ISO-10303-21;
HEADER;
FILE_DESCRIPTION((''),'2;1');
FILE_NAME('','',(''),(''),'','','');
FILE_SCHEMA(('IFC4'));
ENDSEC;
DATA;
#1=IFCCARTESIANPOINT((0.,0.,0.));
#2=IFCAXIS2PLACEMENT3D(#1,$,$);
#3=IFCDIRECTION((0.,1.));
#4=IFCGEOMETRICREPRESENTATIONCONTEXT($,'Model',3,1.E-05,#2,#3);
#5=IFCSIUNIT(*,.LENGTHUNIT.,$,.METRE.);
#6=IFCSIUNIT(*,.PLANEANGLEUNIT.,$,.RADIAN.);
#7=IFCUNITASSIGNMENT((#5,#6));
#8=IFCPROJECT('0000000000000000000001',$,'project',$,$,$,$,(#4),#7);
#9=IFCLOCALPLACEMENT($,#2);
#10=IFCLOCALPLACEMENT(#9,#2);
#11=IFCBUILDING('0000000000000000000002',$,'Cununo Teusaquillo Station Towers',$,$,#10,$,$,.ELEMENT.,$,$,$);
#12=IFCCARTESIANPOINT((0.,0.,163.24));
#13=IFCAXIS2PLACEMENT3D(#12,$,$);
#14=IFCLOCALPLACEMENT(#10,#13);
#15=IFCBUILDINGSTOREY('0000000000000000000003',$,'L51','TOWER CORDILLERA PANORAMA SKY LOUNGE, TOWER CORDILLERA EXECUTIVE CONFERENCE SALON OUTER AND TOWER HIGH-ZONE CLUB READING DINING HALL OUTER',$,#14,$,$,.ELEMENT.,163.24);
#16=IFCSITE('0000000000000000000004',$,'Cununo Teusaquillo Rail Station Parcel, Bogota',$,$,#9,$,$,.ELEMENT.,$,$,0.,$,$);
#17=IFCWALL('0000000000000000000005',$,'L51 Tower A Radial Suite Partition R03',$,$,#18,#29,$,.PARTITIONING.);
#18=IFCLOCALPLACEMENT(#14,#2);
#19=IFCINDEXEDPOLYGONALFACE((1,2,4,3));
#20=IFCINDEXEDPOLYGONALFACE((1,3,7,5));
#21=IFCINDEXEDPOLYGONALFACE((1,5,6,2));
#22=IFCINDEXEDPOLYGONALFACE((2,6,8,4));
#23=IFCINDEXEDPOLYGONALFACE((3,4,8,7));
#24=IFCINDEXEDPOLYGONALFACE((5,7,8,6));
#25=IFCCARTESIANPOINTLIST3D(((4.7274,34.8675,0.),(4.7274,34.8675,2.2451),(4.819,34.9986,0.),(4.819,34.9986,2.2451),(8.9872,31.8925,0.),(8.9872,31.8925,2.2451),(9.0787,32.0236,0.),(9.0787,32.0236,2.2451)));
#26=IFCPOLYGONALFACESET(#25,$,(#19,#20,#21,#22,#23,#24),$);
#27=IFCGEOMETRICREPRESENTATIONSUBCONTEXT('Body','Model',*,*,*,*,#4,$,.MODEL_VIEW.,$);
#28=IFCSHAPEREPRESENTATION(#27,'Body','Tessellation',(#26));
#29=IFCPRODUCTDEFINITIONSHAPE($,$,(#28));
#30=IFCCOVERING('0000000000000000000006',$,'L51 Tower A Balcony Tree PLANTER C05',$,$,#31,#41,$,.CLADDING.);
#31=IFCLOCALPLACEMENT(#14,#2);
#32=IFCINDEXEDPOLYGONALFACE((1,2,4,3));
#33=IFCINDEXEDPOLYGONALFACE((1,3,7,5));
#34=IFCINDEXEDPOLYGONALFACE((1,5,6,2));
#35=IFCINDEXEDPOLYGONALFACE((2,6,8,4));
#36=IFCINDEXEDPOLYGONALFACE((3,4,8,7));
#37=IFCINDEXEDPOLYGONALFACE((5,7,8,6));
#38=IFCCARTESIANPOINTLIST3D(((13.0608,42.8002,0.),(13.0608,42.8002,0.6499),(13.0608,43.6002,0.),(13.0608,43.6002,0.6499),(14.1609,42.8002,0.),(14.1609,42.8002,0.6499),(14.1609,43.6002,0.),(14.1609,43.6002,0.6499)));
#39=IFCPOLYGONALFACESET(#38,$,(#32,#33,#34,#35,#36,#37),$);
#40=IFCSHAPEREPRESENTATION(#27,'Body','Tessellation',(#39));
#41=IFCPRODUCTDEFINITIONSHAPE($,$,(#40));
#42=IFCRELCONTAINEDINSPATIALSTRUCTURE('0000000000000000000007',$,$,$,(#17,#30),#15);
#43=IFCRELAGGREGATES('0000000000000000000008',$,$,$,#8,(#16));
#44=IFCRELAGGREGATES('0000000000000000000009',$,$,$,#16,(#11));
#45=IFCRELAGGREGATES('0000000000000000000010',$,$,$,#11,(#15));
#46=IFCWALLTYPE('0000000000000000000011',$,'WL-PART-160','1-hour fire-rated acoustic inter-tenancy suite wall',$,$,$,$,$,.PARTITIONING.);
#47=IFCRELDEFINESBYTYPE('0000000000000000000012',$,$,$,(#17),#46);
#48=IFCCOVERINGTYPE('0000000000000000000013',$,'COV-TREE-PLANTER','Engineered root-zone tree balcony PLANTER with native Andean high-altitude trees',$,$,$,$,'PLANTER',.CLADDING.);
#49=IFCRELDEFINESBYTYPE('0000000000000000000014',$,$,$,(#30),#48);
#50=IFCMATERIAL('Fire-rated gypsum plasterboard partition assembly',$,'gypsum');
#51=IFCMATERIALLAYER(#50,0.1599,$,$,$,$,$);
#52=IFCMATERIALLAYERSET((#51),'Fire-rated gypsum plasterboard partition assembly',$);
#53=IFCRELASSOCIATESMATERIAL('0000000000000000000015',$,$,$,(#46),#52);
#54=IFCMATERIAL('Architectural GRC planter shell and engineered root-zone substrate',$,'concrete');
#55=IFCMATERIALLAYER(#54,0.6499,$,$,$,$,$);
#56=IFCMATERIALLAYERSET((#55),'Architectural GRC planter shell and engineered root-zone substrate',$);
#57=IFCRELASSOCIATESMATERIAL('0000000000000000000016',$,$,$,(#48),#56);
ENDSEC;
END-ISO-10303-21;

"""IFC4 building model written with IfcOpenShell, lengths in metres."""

from ifc_helpers import new_model, si_unit, direction, frame, frame_2d, origin, origin_2d, place, context, subcontext, project, spatial, rectangle, extrude, source, transform, mapped, material, layer, layer_set, type_object, element, save


model = new_model("IFC4")

# Units and contexts
model_context = context("Model", 3, precision=1e-05, world=origin(), true_north=direction((0.0, 1.0)))
body_context = subcontext(model_context, "Body", "Model", "MODEL_VIEW")
ifc_project = project(units=[si_unit("LENGTHUNIT", "METRE"), si_unit("PLANEANGLEUNIT", "RADIAN")], contexts=[model_context])

# Site, building, storey
site_placement = place(None, origin())
site = spatial("IfcSite", under=ifc_project, at=site_placement, Name="Cununo Teusaquillo Rail Station Parcel, Bogota", CompositionType="ELEMENT", RefElevation=0.0)
building_placement = place(site_placement, origin())
building = spatial("IfcBuilding", under=site, at=building_placement, Name="Cununo Teusaquillo Station Towers", CompositionType="ELEMENT")
storey_placement = place(building_placement, frame((0.0, 0.0, 163.24)))
storey = spatial("IfcBuildingStorey", under=building, at=storey_placement, Name="L51", Description="TOWER CORDILLERA PANORAMA SKY LOUNGE, TOWER CORDILLERA EXECUTIVE CONFERENCE SALON OUTER AND TOWER HIGH-ZONE CLUB READING DINING HALL OUTER", CompositionType="ELEMENT", Elevation=163.24)

# Wall
ifc_material_1 = material(Name="Fire-rated gypsum plasterboard partition assembly", Category="gypsum")
ifc_layer_1 = layer(ifc_material_1, 0.1599)
ifc_layer_set_1 = layer_set([ifc_layer_1], Name="Fire-rated gypsum plasterboard partition assembly")
wall_type_1 = type_object("IfcWallType", Name="WL-PART-160", Description="1-hour fire-rated acoustic inter-tenancy suite wall", PredefinedType="PARTITIONING", material=ifc_layer_set_1)
wall_1_placement = place(storey_placement, frame((9.033, 31.958, 0.0), z_axis=(0.0, 0.0, 1.0), x_axis=(-0.819841, 0.572592, 0.0)))
element("IfcWall", 1, at=wall_1_placement, inside=storey, type_object=wall_type_1, Name="L51 Tower A Radial Suite Partition R03", PredefinedType="PARTITIONING", context=body_context, shape_type="SweptSolid", body=[
    extrude(rectangle(XDim=5.1958, YDim=0.1599, at=frame_2d((2.5979, 0.0))), origin(), (0.0, 0.0, 1.0), 2.2451),
])

# Covering
ifc_material_2 = material(Name="Architectural GRC planter shell and engineered root-zone substrate", Category="concrete")
ifc_layer_2 = layer(ifc_material_2, 0.6499)
ifc_layer_set_2 = layer_set([ifc_layer_2], Name="Architectural GRC planter shell and engineered root-zone substrate")
covering_type = type_object("IfcCoveringType", Name="COV-TREE-PLANTER", Description="Engineered root-zone tree balcony PLANTER with native Andean high-altitude trees", ElementType="PLANTER", PredefinedType="CLADDING", material=ifc_layer_set_2)
shared_shape_1 = source(origin(), body_context, "Body", "SweptSolid", [
    extrude(rectangle(XDim=1.1001, YDim=0.8, at=origin_2d()), origin(), (0.0, 0.0, 1.0), 0.6499),
])
covering_placement = place(storey_placement, frame((13.6108, 43.2002, 0.0), z_axis=(0.0, 0.0, 1.0), x_axis=(1.0, 0.0, 0.0)))
element("IfcCovering", 2, at=covering_placement, inside=storey, type_object=covering_type, Name="L51 Tower A Balcony Tree PLANTER C05", PredefinedType="CLADDING", context=body_context, shape_type="MappedRepresentation", body=[
    mapped(shared_shape_1, transform((0.0, 0.0, 0.0), x_axis=(1.0, 0.0, 0.0), y_axis=(0.0, 1.0, 0.0), z_axis=(0.0, 0.0, 1.0), scale=1.0)),
])

save(model, "model.ifc")
